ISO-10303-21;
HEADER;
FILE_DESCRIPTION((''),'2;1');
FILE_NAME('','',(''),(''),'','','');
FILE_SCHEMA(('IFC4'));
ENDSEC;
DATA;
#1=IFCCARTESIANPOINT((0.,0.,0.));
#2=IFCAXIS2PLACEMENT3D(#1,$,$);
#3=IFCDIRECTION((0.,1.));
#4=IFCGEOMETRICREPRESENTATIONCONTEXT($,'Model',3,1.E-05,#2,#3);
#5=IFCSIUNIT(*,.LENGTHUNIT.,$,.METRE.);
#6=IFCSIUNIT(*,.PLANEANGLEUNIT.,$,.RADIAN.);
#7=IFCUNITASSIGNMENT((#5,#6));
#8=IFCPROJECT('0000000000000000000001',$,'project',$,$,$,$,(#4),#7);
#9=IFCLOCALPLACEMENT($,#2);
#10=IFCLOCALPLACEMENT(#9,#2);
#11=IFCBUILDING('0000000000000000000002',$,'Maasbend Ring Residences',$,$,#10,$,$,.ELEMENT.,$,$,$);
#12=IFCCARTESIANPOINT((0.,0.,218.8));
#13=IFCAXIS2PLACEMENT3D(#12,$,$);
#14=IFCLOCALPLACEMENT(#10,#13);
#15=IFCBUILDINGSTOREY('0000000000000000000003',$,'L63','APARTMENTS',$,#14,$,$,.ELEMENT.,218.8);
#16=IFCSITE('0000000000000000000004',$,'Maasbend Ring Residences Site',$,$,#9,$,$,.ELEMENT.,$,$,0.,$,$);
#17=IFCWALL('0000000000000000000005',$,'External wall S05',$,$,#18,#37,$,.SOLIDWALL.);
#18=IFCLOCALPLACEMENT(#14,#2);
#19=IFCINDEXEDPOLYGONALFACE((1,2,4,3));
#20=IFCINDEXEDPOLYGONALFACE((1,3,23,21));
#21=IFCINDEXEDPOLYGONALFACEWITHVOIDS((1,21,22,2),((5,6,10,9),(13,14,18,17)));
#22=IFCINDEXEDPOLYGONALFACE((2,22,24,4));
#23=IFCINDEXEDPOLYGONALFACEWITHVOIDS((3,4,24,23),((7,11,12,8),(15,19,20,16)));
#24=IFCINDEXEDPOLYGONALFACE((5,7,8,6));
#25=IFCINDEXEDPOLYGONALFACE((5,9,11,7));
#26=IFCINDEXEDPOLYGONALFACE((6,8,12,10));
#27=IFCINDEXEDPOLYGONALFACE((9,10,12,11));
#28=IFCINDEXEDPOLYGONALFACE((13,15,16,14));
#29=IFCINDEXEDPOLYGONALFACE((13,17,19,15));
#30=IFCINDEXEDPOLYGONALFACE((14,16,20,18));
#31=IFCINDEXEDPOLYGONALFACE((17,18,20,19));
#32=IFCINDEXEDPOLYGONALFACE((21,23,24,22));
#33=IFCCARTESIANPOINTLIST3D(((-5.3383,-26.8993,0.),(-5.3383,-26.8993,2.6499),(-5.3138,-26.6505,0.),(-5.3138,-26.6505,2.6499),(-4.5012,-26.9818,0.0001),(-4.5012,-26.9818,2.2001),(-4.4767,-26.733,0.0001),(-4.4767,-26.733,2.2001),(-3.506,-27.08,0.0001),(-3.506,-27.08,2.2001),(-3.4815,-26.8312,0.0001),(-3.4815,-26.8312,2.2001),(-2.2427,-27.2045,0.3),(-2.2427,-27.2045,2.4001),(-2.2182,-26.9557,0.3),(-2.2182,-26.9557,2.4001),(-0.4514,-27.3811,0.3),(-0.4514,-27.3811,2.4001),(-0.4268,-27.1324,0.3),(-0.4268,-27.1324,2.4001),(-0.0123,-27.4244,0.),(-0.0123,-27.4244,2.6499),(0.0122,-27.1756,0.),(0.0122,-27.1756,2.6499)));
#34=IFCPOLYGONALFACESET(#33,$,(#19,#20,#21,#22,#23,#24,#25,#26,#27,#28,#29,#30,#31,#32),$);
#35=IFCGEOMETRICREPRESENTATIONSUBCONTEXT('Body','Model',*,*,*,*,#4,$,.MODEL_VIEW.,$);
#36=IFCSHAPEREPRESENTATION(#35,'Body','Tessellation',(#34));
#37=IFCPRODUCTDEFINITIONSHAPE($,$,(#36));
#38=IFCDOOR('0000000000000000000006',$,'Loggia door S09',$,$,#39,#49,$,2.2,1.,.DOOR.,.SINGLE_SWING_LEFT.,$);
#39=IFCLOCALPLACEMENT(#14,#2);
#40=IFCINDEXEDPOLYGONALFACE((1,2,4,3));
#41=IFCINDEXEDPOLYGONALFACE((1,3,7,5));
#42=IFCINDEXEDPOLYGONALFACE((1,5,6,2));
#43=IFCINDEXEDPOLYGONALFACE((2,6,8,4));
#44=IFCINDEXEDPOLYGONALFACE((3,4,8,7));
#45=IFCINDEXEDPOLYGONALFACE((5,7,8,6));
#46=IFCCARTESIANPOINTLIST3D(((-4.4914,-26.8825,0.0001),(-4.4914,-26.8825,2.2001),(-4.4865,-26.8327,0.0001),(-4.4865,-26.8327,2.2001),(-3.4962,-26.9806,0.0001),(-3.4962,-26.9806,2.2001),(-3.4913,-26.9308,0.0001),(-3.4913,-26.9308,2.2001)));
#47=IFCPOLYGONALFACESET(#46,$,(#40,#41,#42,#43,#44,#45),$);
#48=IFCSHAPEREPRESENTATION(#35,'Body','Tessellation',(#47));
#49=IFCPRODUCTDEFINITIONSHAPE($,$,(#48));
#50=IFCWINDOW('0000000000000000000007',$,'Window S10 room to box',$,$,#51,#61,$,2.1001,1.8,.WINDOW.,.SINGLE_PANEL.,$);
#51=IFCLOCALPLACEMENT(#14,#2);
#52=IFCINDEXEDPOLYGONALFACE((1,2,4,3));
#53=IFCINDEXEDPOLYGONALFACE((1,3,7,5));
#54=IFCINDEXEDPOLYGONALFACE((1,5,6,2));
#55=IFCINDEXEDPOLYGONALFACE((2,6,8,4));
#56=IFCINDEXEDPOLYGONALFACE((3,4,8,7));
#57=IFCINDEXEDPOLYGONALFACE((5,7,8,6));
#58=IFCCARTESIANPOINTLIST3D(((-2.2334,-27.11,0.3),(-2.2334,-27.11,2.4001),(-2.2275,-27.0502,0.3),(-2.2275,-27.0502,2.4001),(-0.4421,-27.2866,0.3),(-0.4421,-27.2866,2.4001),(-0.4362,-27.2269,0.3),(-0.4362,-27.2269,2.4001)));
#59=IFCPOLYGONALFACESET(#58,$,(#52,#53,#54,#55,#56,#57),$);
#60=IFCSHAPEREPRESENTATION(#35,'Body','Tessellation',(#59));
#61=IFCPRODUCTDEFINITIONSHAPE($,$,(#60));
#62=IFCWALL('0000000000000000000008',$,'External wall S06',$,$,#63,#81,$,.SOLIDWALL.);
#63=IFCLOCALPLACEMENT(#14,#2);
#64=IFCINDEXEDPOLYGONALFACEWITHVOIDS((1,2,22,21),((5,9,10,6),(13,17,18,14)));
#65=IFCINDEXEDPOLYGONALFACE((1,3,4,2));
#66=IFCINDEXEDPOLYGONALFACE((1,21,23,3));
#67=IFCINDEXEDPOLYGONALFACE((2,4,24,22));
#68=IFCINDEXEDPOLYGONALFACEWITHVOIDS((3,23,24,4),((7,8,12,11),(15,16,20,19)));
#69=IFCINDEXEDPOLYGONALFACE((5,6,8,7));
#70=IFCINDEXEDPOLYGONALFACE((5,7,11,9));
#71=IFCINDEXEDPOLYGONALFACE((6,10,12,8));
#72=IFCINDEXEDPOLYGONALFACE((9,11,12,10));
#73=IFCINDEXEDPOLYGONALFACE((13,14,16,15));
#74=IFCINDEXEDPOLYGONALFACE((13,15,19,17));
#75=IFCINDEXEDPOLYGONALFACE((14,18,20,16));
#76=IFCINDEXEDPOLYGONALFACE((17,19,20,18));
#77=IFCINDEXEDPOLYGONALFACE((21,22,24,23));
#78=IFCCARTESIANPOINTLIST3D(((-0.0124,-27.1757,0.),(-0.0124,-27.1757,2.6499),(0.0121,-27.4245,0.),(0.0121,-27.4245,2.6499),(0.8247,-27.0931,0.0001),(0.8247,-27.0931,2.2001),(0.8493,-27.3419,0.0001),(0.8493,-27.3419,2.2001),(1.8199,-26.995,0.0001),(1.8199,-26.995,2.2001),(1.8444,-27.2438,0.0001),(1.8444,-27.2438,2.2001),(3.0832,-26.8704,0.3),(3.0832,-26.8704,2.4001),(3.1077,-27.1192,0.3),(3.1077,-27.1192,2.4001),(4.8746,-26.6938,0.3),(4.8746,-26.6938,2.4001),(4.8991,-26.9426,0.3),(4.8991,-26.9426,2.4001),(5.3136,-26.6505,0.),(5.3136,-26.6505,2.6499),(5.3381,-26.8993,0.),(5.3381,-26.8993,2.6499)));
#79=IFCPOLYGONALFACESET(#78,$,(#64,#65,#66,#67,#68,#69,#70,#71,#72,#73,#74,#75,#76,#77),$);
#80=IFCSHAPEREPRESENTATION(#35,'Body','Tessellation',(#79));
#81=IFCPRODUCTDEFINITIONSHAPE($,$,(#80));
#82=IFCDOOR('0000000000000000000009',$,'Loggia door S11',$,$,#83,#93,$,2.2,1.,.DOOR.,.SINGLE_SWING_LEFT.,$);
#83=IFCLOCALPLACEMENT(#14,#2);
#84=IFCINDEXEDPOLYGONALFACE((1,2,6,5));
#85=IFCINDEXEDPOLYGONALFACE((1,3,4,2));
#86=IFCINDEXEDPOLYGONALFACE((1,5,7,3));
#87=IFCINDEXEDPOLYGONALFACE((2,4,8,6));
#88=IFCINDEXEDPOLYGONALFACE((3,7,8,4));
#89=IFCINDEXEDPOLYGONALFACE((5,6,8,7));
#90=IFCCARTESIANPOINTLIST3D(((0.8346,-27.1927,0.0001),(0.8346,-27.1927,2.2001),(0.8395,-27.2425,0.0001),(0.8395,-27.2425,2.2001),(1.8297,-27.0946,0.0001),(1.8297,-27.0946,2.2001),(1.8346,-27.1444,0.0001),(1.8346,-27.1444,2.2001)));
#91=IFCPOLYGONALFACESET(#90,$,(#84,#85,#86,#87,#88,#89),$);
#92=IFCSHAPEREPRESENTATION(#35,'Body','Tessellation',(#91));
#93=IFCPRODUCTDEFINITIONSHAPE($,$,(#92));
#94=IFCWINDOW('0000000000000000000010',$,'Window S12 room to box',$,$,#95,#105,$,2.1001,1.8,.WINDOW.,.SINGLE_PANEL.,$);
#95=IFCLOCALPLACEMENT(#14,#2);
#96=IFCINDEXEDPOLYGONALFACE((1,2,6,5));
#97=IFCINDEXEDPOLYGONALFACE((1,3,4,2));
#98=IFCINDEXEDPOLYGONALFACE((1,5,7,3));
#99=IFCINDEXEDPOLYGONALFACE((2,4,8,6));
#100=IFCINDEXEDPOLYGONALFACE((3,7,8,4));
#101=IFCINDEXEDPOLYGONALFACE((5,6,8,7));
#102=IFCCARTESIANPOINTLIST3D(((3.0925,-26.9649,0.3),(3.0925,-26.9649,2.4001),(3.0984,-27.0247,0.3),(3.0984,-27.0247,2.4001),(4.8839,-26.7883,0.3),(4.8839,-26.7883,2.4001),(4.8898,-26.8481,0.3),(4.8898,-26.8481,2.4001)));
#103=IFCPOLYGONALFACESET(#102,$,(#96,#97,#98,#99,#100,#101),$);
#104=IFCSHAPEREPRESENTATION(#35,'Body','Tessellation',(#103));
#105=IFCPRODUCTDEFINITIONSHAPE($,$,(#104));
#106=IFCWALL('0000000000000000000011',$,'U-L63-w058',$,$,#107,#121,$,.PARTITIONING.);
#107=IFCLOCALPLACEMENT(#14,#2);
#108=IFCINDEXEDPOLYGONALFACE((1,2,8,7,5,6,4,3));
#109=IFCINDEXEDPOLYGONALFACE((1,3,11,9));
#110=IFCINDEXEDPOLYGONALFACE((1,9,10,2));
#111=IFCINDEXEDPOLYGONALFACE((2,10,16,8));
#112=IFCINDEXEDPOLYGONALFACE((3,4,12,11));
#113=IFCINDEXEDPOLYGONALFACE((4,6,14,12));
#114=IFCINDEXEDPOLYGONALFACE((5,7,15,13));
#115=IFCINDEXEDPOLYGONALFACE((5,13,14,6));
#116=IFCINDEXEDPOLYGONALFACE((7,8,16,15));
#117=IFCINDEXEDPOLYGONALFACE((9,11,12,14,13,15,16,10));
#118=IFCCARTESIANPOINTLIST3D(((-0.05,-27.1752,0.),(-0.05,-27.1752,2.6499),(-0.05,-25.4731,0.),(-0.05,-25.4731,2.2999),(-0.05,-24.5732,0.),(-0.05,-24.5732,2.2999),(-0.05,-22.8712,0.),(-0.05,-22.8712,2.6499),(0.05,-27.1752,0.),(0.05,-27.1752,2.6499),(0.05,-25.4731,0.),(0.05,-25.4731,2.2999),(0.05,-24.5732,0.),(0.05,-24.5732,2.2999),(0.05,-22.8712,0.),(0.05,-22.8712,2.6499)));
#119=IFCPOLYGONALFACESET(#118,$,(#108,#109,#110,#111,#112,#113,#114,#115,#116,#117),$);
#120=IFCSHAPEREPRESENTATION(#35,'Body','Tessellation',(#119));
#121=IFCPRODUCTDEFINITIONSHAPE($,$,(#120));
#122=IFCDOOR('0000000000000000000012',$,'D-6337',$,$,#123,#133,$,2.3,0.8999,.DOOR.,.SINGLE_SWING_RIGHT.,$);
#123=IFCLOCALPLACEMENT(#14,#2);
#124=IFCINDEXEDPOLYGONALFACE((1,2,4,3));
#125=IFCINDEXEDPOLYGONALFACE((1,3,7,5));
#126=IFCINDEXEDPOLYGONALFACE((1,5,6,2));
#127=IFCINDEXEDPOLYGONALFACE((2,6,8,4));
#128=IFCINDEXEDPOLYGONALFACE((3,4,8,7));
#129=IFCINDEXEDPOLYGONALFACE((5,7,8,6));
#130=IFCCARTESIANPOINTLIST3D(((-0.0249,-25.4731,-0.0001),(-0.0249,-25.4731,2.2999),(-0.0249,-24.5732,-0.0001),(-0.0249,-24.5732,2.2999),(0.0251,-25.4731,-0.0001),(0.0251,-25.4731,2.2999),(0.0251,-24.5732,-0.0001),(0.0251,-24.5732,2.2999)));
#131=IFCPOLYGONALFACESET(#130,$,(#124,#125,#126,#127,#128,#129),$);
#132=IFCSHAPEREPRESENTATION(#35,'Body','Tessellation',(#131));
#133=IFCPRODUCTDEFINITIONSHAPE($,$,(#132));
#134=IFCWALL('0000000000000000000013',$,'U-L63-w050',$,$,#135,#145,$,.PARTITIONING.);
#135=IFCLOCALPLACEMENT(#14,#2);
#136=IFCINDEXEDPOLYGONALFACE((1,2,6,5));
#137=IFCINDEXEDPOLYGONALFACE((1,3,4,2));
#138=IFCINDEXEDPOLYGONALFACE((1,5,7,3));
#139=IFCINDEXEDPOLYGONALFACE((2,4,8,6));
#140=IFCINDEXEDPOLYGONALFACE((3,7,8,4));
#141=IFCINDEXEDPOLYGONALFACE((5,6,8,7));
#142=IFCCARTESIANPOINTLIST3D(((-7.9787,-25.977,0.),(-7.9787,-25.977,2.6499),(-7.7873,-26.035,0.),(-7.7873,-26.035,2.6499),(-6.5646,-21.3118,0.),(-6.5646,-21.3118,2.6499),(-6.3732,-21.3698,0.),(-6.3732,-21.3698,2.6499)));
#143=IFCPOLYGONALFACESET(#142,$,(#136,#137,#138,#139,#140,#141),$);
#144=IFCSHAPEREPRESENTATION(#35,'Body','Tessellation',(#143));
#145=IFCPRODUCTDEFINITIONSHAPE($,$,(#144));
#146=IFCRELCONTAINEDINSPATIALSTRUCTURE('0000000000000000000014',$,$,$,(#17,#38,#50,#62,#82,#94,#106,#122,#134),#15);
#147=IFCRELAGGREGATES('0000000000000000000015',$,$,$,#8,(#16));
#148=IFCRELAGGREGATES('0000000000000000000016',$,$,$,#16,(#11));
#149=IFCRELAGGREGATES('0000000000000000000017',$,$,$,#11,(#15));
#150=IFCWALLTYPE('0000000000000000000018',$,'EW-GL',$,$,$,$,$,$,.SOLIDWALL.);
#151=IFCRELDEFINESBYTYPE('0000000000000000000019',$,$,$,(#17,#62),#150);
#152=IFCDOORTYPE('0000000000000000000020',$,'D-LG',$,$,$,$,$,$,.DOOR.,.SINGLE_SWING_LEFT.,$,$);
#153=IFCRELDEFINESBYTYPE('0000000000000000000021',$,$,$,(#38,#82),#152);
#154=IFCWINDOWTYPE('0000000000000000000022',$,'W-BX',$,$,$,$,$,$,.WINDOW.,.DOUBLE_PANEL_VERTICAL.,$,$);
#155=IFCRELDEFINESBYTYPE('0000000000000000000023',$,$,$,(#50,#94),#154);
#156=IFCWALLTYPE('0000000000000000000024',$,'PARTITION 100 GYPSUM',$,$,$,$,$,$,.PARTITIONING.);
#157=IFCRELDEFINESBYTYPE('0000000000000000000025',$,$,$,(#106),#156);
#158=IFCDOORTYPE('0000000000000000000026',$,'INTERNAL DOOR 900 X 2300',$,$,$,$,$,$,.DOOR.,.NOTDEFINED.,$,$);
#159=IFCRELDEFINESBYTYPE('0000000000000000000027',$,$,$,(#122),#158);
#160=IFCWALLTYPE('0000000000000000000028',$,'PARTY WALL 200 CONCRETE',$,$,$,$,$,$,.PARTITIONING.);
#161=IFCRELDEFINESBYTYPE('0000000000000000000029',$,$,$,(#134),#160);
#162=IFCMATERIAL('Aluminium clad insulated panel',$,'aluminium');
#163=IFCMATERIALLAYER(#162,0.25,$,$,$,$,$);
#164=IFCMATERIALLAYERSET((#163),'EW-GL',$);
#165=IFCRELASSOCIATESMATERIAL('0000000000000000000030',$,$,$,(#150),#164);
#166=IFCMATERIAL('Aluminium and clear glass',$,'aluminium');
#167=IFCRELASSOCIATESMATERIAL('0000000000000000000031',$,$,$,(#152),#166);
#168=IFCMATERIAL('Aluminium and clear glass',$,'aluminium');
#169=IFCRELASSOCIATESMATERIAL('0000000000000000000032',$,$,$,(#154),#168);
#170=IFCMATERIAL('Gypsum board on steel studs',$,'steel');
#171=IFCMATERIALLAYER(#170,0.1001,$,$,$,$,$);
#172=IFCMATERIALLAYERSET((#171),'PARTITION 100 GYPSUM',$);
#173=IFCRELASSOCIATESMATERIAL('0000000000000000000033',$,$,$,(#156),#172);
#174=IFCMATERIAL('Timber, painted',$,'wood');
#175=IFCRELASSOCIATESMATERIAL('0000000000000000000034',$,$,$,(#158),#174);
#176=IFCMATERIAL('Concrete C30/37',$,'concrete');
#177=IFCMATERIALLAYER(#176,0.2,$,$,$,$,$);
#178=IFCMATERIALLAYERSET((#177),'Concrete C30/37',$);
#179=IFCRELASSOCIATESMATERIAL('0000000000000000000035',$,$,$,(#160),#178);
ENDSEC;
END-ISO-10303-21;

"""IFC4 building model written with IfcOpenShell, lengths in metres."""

from ifc_helpers import new_model, si_unit, direction, frame, frame_2d, origin, place, context, subcontext, project, spatial, rectangle, extrude, material, layer, layer_set, type_object, element, fill, save


model = new_model("IFC4")

# Units and contexts
model_context = context("Model", 3, precision=1e-05, world=origin(), true_north=direction((0.0, 1.0)))
body_context = subcontext(model_context, "Body", "Model", "MODEL_VIEW")
ifc_project = project(units=[si_unit("LENGTHUNIT", "METRE"), si_unit("PLANEANGLEUNIT", "RADIAN")], contexts=[model_context])

# Site, building, storey
site_placement = place(None, origin())
site = spatial("IfcSite", under=ifc_project, at=site_placement, Name="Maasbend Ring Residences Site", CompositionType="ELEMENT", RefElevation=0.0)
building_placement = place(site_placement, origin())
building = spatial("IfcBuilding", under=site, at=building_placement, Name="Maasbend Ring Residences", CompositionType="ELEMENT")
storey_placement = place(building_placement, frame((0.0, 0.0, 218.8)))
storey = spatial("IfcBuildingStorey", under=building, at=storey_placement, Name="L63", Description="APARTMENTS", CompositionType="ELEMENT", Elevation=218.8)

# Walls, openings, doors, windows
ifc_material_1 = material(Name="Aluminium clad insulated panel", Category="aluminium")
ifc_layer_1 = layer(ifc_material_1, 0.25)
ifc_layer_set_1 = layer_set([ifc_layer_1], Name="EW-GL")
wall_type_1 = type_object("IfcWallType", Name="EW-GL", PredefinedType="SOLIDWALL", material=ifc_layer_set_1)
wall_1_placement = place(storey_placement, frame((-5.3259, -26.7749, 0.0), z_axis=(0.0, 0.0, 1.0), x_axis=(0.995174, -0.098126, 0.0)))
wall_1 = element("IfcWall", 1, at=wall_1_placement, inside=storey, type_object=wall_type_1, Name="External wall S05", PredefinedType="SOLIDWALL", context=body_context, shape_type="SweptSolid", body=[
    extrude(rectangle(XDim=5.3518, YDim=0.25, at=frame_2d((2.6758, 0.0))), origin(), (0.0, 0.0, 1.0), 2.6499),
])
opening_1_placement = place(wall_1_placement, frame((0.8411, 0.0, 0.0)))
opening_1 = element("IfcOpeningElement", 2, at=opening_1_placement, cuts=wall_1, PredefinedType="OPENING", context=body_context, shape_type="SweptSolid", body=[
    extrude(rectangle(XDim=1.0, YDim=2.2, at=frame_2d((0.5, 1.1001))), frame((0.0, 0.135, 0.0), z_axis=(0.0, -1.0, 0.0), x_axis=(1.0, 0.0, 0.0)), (0.0, 0.0, 1.0), 0.27),
])
opening_2_placement = place(wall_1_placement, frame((3.1106, 0.0, 0.3)))
opening_2 = element("IfcOpeningElement", 3, at=opening_2_placement, cuts=wall_1, PredefinedType="OPENING", context=body_context, shape_type="SweptSolid", body=[
    extrude(rectangle(XDim=1.8, YDim=2.1001, at=frame_2d((0.8999, 1.05))), frame((0.0, 0.135, 0.0), z_axis=(0.0, -1.0, 0.0), x_axis=(1.0, 0.0, 0.0)), (0.0, 0.0, 1.0), 0.27),
])
ifc_material_2 = material(Name="Aluminium and clear glass", Category="aluminium")
door_type_1 = type_object("IfcDoorType", Name="D-LG", OperationType="SINGLE_SWING_LEFT", PredefinedType="DOOR", material=ifc_material_2)
door_1_placement = place(opening_1_placement, origin())
door_1 = element("IfcDoor", 4, at=door_1_placement, inside=storey, type_object=door_type_1, Name="Loggia door S09", OperationType="SINGLE_SWING_LEFT", OverallHeight=2.2, OverallWidth=1.0, PredefinedType="DOOR", context=body_context, shape_type="SweptSolid", body=[
    extrude(rectangle(XDim=1.0, YDim=2.2, at=frame_2d((0.5, 1.1001))), frame((0.0, 0.0249, 0.0), z_axis=(0.0, -1.0, 0.0), x_axis=(1.0, 0.0, 0.0)), (0.0, 0.0, 1.0), 0.05),
])
fill(opening_1, door_1)
ifc_material_3 = material(Name="Aluminium and clear glass", Category="aluminium")
window_type_1 = type_object("IfcWindowType", Name="W-BX", PartitioningType="DOUBLE_PANEL_VERTICAL", PredefinedType="WINDOW", material=ifc_material_3)
window_1_placement = place(opening_2_placement, origin())
window_1 = element("IfcWindow", 5, at=window_1_placement, inside=storey, type_object=window_type_1, Name="Window S10 room to box", OverallHeight=2.1001, OverallWidth=1.8, PartitioningType="SINGLE_PANEL", PredefinedType="WINDOW", context=body_context, shape_type="SweptSolid", body=[
    extrude(rectangle(XDim=1.8, YDim=2.1001, at=frame_2d((0.8999, 1.05))), frame((0.0, 0.03, 0.0), z_axis=(0.0, -1.0, 0.0), x_axis=(1.0, 0.0, 0.0)), (0.0, 0.0, 1.0), 0.0601),
])
fill(opening_2, window_1)
wall_2_placement = place(storey_placement, frame((0.0, -27.3, 0.0), z_axis=(0.0, 0.0, 1.0), x_axis=(0.995174, 0.098126, 0.0)))
wall_2 = element("IfcWall", 6, at=wall_2_placement, inside=storey, type_object=wall_type_1, Name="External wall S06", PredefinedType="SOLIDWALL", context=body_context, shape_type="SweptSolid", body=[
    extrude(rectangle(XDim=5.3518, YDim=0.25, at=frame_2d((2.6758, 0.0))), origin(), (0.0, 0.0, 1.0), 2.6499),
])
opening_3_placement = place(wall_2_placement, frame((0.8411, 0.0, 0.0)))
opening_3 = element("IfcOpeningElement", 7, at=opening_3_placement, cuts=wall_2, PredefinedType="OPENING", context=body_context, shape_type="SweptSolid", body=[
    extrude(rectangle(XDim=1.0, YDim=2.2, at=frame_2d((0.5, 1.1001))), frame((0.0, 0.135, 0.0), z_axis=(0.0, -1.0, 0.0), x_axis=(1.0, 0.0, 0.0)), (0.0, 0.0, 1.0), 0.27),
])
opening_4_placement = place(wall_2_placement, frame((3.1106, 0.0, 0.3)))
opening_4 = element("IfcOpeningElement", 8, at=opening_4_placement, cuts=wall_2, PredefinedType="OPENING", context=body_context, shape_type="SweptSolid", body=[
    extrude(rectangle(XDim=1.8, YDim=2.1001, at=frame_2d((0.8999, 1.05))), frame((0.0, 0.135, 0.0), z_axis=(0.0, -1.0, 0.0), x_axis=(1.0, 0.0, 0.0)), (0.0, 0.0, 1.0), 0.27),
])
door_2_placement = place(opening_3_placement, origin())
door_2 = element("IfcDoor", 9, at=door_2_placement, inside=storey, type_object=door_type_1, Name="Loggia door S11", OperationType="SINGLE_SWING_LEFT", OverallHeight=2.2, OverallWidth=1.0, PredefinedType="DOOR", context=body_context, shape_type="SweptSolid", body=[
    extrude(rectangle(XDim=1.0, YDim=2.2, at=frame_2d((0.5, 1.1001))), frame((0.0, 0.0249, 0.0), z_axis=(0.0, -1.0, 0.0), x_axis=(1.0, 0.0, 0.0)), (0.0, 0.0, 1.0), 0.05),
])
fill(opening_3, door_2)
window_2_placement = place(opening_4_placement, origin())
window_2 = element("IfcWindow", 10, at=window_2_placement, inside=storey, type_object=window_type_1, Name="Window S12 room to box", OverallHeight=2.1001, OverallWidth=1.8, PartitioningType="SINGLE_PANEL", PredefinedType="WINDOW", context=body_context, shape_type="SweptSolid", body=[
    extrude(rectangle(XDim=1.8, YDim=2.1001, at=frame_2d((0.8999, 1.05))), frame((0.0, 0.03, 0.0), z_axis=(0.0, -1.0, 0.0), x_axis=(1.0, 0.0, 0.0)), (0.0, 0.0, 1.0), 0.0601),
])
fill(opening_4, window_2)

# Wall, opening, door
ifc_material_4 = material(Name="Gypsum board on steel studs", Category="steel")
ifc_layer_2 = layer(ifc_material_4, 0.1001)
ifc_layer_set_2 = layer_set([ifc_layer_2], Name="PARTITION 100 GYPSUM")
wall_type_2 = type_object("IfcWallType", Name="PARTITION 100 GYPSUM", PredefinedType="PARTITIONING", material=ifc_layer_set_2)
wall_3_placement = place(storey_placement, frame((0.0, -27.175, 0.0), z_axis=(0.0, 0.0, 1.0), x_axis=(0.0, 1.0, 0.0)))
wall_3 = element("IfcWall", 11, at=wall_3_placement, inside=storey, type_object=wall_type_2, Name="U-L63-w058", PredefinedType="PARTITIONING", context=body_context, shape_type="SweptSolid", body=[
    extrude(rectangle(XDim=4.304, YDim=0.1001, at=frame_2d((2.1519, 0.0))), origin(), (0.0, 0.0, 1.0), 2.6499),
])
opening_5_placement = place(wall_3_placement, frame((1.7019, 0.0, 0.0)))
opening_5 = element("IfcOpeningElement", 12, at=opening_5_placement, cuts=wall_3, PredefinedType="OPENING", context=body_context, shape_type="SweptSolid", body=[
    extrude(rectangle(XDim=0.8999, YDim=2.3, at=frame_2d((0.45, 1.1499))), frame((0.0, 0.0601, 0.0), z_axis=(0.0, -1.0, 0.0), x_axis=(1.0, 0.0, 0.0)), (0.0, 0.0, 1.0), 0.1201),
])
ifc_material_5 = material(Name="Timber, painted", Category="wood")
door_type_2 = type_object("IfcDoorType", Name="INTERNAL DOOR 900 X 2300", OperationType="NOTDEFINED", PredefinedType="DOOR", material=ifc_material_5)
door_3_placement = place(opening_5_placement, origin())
door_3 = element("IfcDoor", 13, at=door_3_placement, inside=storey, type_object=door_type_2, Name="D-6337", OperationType="SINGLE_SWING_RIGHT", OverallHeight=2.3, OverallWidth=0.8999, PredefinedType="DOOR", context=body_context, shape_type="SweptSolid", body=[
    extrude(rectangle(XDim=0.8999, YDim=2.3, at=frame_2d((0.45, 1.1499))), frame((0.0, 0.0249, 0.0), z_axis=(0.0, -1.0, 0.0), x_axis=(1.0, 0.0, 0.0)), (0.0, 0.0, 1.0), 0.05),
])
fill(opening_5, door_3)

# Wall
ifc_material_6 = material(Name="Concrete C30/37", Category="concrete")
ifc_layer_3 = layer(ifc_material_6, 0.2)
ifc_layer_set_3 = layer_set([ifc_layer_3], Name="Concrete C30/37")
wall_type_3 = type_object("IfcWallType", Name="PARTY WALL 200 CONCRETE", PredefinedType="PARTITIONING", material=ifc_layer_set_3)
wall_4_placement = place(storey_placement, frame((-7.8831, -26.0061, 0.0), z_axis=(0.0, 0.0, 1.0), x_axis=(0.290085, 0.957001, 0.0)))
element("IfcWall", 14, at=wall_4_placement, inside=storey, type_object=wall_type_3, Name="U-L63-w050", PredefinedType="PARTITIONING", context=body_context, shape_type="SweptSolid", body=[
    extrude(rectangle(XDim=4.8748, YDim=0.2, at=frame_2d((2.4375, 0.0))), origin(), (0.0, 0.0, 1.0), 2.6499),
])

save(model, "model.ifc")
